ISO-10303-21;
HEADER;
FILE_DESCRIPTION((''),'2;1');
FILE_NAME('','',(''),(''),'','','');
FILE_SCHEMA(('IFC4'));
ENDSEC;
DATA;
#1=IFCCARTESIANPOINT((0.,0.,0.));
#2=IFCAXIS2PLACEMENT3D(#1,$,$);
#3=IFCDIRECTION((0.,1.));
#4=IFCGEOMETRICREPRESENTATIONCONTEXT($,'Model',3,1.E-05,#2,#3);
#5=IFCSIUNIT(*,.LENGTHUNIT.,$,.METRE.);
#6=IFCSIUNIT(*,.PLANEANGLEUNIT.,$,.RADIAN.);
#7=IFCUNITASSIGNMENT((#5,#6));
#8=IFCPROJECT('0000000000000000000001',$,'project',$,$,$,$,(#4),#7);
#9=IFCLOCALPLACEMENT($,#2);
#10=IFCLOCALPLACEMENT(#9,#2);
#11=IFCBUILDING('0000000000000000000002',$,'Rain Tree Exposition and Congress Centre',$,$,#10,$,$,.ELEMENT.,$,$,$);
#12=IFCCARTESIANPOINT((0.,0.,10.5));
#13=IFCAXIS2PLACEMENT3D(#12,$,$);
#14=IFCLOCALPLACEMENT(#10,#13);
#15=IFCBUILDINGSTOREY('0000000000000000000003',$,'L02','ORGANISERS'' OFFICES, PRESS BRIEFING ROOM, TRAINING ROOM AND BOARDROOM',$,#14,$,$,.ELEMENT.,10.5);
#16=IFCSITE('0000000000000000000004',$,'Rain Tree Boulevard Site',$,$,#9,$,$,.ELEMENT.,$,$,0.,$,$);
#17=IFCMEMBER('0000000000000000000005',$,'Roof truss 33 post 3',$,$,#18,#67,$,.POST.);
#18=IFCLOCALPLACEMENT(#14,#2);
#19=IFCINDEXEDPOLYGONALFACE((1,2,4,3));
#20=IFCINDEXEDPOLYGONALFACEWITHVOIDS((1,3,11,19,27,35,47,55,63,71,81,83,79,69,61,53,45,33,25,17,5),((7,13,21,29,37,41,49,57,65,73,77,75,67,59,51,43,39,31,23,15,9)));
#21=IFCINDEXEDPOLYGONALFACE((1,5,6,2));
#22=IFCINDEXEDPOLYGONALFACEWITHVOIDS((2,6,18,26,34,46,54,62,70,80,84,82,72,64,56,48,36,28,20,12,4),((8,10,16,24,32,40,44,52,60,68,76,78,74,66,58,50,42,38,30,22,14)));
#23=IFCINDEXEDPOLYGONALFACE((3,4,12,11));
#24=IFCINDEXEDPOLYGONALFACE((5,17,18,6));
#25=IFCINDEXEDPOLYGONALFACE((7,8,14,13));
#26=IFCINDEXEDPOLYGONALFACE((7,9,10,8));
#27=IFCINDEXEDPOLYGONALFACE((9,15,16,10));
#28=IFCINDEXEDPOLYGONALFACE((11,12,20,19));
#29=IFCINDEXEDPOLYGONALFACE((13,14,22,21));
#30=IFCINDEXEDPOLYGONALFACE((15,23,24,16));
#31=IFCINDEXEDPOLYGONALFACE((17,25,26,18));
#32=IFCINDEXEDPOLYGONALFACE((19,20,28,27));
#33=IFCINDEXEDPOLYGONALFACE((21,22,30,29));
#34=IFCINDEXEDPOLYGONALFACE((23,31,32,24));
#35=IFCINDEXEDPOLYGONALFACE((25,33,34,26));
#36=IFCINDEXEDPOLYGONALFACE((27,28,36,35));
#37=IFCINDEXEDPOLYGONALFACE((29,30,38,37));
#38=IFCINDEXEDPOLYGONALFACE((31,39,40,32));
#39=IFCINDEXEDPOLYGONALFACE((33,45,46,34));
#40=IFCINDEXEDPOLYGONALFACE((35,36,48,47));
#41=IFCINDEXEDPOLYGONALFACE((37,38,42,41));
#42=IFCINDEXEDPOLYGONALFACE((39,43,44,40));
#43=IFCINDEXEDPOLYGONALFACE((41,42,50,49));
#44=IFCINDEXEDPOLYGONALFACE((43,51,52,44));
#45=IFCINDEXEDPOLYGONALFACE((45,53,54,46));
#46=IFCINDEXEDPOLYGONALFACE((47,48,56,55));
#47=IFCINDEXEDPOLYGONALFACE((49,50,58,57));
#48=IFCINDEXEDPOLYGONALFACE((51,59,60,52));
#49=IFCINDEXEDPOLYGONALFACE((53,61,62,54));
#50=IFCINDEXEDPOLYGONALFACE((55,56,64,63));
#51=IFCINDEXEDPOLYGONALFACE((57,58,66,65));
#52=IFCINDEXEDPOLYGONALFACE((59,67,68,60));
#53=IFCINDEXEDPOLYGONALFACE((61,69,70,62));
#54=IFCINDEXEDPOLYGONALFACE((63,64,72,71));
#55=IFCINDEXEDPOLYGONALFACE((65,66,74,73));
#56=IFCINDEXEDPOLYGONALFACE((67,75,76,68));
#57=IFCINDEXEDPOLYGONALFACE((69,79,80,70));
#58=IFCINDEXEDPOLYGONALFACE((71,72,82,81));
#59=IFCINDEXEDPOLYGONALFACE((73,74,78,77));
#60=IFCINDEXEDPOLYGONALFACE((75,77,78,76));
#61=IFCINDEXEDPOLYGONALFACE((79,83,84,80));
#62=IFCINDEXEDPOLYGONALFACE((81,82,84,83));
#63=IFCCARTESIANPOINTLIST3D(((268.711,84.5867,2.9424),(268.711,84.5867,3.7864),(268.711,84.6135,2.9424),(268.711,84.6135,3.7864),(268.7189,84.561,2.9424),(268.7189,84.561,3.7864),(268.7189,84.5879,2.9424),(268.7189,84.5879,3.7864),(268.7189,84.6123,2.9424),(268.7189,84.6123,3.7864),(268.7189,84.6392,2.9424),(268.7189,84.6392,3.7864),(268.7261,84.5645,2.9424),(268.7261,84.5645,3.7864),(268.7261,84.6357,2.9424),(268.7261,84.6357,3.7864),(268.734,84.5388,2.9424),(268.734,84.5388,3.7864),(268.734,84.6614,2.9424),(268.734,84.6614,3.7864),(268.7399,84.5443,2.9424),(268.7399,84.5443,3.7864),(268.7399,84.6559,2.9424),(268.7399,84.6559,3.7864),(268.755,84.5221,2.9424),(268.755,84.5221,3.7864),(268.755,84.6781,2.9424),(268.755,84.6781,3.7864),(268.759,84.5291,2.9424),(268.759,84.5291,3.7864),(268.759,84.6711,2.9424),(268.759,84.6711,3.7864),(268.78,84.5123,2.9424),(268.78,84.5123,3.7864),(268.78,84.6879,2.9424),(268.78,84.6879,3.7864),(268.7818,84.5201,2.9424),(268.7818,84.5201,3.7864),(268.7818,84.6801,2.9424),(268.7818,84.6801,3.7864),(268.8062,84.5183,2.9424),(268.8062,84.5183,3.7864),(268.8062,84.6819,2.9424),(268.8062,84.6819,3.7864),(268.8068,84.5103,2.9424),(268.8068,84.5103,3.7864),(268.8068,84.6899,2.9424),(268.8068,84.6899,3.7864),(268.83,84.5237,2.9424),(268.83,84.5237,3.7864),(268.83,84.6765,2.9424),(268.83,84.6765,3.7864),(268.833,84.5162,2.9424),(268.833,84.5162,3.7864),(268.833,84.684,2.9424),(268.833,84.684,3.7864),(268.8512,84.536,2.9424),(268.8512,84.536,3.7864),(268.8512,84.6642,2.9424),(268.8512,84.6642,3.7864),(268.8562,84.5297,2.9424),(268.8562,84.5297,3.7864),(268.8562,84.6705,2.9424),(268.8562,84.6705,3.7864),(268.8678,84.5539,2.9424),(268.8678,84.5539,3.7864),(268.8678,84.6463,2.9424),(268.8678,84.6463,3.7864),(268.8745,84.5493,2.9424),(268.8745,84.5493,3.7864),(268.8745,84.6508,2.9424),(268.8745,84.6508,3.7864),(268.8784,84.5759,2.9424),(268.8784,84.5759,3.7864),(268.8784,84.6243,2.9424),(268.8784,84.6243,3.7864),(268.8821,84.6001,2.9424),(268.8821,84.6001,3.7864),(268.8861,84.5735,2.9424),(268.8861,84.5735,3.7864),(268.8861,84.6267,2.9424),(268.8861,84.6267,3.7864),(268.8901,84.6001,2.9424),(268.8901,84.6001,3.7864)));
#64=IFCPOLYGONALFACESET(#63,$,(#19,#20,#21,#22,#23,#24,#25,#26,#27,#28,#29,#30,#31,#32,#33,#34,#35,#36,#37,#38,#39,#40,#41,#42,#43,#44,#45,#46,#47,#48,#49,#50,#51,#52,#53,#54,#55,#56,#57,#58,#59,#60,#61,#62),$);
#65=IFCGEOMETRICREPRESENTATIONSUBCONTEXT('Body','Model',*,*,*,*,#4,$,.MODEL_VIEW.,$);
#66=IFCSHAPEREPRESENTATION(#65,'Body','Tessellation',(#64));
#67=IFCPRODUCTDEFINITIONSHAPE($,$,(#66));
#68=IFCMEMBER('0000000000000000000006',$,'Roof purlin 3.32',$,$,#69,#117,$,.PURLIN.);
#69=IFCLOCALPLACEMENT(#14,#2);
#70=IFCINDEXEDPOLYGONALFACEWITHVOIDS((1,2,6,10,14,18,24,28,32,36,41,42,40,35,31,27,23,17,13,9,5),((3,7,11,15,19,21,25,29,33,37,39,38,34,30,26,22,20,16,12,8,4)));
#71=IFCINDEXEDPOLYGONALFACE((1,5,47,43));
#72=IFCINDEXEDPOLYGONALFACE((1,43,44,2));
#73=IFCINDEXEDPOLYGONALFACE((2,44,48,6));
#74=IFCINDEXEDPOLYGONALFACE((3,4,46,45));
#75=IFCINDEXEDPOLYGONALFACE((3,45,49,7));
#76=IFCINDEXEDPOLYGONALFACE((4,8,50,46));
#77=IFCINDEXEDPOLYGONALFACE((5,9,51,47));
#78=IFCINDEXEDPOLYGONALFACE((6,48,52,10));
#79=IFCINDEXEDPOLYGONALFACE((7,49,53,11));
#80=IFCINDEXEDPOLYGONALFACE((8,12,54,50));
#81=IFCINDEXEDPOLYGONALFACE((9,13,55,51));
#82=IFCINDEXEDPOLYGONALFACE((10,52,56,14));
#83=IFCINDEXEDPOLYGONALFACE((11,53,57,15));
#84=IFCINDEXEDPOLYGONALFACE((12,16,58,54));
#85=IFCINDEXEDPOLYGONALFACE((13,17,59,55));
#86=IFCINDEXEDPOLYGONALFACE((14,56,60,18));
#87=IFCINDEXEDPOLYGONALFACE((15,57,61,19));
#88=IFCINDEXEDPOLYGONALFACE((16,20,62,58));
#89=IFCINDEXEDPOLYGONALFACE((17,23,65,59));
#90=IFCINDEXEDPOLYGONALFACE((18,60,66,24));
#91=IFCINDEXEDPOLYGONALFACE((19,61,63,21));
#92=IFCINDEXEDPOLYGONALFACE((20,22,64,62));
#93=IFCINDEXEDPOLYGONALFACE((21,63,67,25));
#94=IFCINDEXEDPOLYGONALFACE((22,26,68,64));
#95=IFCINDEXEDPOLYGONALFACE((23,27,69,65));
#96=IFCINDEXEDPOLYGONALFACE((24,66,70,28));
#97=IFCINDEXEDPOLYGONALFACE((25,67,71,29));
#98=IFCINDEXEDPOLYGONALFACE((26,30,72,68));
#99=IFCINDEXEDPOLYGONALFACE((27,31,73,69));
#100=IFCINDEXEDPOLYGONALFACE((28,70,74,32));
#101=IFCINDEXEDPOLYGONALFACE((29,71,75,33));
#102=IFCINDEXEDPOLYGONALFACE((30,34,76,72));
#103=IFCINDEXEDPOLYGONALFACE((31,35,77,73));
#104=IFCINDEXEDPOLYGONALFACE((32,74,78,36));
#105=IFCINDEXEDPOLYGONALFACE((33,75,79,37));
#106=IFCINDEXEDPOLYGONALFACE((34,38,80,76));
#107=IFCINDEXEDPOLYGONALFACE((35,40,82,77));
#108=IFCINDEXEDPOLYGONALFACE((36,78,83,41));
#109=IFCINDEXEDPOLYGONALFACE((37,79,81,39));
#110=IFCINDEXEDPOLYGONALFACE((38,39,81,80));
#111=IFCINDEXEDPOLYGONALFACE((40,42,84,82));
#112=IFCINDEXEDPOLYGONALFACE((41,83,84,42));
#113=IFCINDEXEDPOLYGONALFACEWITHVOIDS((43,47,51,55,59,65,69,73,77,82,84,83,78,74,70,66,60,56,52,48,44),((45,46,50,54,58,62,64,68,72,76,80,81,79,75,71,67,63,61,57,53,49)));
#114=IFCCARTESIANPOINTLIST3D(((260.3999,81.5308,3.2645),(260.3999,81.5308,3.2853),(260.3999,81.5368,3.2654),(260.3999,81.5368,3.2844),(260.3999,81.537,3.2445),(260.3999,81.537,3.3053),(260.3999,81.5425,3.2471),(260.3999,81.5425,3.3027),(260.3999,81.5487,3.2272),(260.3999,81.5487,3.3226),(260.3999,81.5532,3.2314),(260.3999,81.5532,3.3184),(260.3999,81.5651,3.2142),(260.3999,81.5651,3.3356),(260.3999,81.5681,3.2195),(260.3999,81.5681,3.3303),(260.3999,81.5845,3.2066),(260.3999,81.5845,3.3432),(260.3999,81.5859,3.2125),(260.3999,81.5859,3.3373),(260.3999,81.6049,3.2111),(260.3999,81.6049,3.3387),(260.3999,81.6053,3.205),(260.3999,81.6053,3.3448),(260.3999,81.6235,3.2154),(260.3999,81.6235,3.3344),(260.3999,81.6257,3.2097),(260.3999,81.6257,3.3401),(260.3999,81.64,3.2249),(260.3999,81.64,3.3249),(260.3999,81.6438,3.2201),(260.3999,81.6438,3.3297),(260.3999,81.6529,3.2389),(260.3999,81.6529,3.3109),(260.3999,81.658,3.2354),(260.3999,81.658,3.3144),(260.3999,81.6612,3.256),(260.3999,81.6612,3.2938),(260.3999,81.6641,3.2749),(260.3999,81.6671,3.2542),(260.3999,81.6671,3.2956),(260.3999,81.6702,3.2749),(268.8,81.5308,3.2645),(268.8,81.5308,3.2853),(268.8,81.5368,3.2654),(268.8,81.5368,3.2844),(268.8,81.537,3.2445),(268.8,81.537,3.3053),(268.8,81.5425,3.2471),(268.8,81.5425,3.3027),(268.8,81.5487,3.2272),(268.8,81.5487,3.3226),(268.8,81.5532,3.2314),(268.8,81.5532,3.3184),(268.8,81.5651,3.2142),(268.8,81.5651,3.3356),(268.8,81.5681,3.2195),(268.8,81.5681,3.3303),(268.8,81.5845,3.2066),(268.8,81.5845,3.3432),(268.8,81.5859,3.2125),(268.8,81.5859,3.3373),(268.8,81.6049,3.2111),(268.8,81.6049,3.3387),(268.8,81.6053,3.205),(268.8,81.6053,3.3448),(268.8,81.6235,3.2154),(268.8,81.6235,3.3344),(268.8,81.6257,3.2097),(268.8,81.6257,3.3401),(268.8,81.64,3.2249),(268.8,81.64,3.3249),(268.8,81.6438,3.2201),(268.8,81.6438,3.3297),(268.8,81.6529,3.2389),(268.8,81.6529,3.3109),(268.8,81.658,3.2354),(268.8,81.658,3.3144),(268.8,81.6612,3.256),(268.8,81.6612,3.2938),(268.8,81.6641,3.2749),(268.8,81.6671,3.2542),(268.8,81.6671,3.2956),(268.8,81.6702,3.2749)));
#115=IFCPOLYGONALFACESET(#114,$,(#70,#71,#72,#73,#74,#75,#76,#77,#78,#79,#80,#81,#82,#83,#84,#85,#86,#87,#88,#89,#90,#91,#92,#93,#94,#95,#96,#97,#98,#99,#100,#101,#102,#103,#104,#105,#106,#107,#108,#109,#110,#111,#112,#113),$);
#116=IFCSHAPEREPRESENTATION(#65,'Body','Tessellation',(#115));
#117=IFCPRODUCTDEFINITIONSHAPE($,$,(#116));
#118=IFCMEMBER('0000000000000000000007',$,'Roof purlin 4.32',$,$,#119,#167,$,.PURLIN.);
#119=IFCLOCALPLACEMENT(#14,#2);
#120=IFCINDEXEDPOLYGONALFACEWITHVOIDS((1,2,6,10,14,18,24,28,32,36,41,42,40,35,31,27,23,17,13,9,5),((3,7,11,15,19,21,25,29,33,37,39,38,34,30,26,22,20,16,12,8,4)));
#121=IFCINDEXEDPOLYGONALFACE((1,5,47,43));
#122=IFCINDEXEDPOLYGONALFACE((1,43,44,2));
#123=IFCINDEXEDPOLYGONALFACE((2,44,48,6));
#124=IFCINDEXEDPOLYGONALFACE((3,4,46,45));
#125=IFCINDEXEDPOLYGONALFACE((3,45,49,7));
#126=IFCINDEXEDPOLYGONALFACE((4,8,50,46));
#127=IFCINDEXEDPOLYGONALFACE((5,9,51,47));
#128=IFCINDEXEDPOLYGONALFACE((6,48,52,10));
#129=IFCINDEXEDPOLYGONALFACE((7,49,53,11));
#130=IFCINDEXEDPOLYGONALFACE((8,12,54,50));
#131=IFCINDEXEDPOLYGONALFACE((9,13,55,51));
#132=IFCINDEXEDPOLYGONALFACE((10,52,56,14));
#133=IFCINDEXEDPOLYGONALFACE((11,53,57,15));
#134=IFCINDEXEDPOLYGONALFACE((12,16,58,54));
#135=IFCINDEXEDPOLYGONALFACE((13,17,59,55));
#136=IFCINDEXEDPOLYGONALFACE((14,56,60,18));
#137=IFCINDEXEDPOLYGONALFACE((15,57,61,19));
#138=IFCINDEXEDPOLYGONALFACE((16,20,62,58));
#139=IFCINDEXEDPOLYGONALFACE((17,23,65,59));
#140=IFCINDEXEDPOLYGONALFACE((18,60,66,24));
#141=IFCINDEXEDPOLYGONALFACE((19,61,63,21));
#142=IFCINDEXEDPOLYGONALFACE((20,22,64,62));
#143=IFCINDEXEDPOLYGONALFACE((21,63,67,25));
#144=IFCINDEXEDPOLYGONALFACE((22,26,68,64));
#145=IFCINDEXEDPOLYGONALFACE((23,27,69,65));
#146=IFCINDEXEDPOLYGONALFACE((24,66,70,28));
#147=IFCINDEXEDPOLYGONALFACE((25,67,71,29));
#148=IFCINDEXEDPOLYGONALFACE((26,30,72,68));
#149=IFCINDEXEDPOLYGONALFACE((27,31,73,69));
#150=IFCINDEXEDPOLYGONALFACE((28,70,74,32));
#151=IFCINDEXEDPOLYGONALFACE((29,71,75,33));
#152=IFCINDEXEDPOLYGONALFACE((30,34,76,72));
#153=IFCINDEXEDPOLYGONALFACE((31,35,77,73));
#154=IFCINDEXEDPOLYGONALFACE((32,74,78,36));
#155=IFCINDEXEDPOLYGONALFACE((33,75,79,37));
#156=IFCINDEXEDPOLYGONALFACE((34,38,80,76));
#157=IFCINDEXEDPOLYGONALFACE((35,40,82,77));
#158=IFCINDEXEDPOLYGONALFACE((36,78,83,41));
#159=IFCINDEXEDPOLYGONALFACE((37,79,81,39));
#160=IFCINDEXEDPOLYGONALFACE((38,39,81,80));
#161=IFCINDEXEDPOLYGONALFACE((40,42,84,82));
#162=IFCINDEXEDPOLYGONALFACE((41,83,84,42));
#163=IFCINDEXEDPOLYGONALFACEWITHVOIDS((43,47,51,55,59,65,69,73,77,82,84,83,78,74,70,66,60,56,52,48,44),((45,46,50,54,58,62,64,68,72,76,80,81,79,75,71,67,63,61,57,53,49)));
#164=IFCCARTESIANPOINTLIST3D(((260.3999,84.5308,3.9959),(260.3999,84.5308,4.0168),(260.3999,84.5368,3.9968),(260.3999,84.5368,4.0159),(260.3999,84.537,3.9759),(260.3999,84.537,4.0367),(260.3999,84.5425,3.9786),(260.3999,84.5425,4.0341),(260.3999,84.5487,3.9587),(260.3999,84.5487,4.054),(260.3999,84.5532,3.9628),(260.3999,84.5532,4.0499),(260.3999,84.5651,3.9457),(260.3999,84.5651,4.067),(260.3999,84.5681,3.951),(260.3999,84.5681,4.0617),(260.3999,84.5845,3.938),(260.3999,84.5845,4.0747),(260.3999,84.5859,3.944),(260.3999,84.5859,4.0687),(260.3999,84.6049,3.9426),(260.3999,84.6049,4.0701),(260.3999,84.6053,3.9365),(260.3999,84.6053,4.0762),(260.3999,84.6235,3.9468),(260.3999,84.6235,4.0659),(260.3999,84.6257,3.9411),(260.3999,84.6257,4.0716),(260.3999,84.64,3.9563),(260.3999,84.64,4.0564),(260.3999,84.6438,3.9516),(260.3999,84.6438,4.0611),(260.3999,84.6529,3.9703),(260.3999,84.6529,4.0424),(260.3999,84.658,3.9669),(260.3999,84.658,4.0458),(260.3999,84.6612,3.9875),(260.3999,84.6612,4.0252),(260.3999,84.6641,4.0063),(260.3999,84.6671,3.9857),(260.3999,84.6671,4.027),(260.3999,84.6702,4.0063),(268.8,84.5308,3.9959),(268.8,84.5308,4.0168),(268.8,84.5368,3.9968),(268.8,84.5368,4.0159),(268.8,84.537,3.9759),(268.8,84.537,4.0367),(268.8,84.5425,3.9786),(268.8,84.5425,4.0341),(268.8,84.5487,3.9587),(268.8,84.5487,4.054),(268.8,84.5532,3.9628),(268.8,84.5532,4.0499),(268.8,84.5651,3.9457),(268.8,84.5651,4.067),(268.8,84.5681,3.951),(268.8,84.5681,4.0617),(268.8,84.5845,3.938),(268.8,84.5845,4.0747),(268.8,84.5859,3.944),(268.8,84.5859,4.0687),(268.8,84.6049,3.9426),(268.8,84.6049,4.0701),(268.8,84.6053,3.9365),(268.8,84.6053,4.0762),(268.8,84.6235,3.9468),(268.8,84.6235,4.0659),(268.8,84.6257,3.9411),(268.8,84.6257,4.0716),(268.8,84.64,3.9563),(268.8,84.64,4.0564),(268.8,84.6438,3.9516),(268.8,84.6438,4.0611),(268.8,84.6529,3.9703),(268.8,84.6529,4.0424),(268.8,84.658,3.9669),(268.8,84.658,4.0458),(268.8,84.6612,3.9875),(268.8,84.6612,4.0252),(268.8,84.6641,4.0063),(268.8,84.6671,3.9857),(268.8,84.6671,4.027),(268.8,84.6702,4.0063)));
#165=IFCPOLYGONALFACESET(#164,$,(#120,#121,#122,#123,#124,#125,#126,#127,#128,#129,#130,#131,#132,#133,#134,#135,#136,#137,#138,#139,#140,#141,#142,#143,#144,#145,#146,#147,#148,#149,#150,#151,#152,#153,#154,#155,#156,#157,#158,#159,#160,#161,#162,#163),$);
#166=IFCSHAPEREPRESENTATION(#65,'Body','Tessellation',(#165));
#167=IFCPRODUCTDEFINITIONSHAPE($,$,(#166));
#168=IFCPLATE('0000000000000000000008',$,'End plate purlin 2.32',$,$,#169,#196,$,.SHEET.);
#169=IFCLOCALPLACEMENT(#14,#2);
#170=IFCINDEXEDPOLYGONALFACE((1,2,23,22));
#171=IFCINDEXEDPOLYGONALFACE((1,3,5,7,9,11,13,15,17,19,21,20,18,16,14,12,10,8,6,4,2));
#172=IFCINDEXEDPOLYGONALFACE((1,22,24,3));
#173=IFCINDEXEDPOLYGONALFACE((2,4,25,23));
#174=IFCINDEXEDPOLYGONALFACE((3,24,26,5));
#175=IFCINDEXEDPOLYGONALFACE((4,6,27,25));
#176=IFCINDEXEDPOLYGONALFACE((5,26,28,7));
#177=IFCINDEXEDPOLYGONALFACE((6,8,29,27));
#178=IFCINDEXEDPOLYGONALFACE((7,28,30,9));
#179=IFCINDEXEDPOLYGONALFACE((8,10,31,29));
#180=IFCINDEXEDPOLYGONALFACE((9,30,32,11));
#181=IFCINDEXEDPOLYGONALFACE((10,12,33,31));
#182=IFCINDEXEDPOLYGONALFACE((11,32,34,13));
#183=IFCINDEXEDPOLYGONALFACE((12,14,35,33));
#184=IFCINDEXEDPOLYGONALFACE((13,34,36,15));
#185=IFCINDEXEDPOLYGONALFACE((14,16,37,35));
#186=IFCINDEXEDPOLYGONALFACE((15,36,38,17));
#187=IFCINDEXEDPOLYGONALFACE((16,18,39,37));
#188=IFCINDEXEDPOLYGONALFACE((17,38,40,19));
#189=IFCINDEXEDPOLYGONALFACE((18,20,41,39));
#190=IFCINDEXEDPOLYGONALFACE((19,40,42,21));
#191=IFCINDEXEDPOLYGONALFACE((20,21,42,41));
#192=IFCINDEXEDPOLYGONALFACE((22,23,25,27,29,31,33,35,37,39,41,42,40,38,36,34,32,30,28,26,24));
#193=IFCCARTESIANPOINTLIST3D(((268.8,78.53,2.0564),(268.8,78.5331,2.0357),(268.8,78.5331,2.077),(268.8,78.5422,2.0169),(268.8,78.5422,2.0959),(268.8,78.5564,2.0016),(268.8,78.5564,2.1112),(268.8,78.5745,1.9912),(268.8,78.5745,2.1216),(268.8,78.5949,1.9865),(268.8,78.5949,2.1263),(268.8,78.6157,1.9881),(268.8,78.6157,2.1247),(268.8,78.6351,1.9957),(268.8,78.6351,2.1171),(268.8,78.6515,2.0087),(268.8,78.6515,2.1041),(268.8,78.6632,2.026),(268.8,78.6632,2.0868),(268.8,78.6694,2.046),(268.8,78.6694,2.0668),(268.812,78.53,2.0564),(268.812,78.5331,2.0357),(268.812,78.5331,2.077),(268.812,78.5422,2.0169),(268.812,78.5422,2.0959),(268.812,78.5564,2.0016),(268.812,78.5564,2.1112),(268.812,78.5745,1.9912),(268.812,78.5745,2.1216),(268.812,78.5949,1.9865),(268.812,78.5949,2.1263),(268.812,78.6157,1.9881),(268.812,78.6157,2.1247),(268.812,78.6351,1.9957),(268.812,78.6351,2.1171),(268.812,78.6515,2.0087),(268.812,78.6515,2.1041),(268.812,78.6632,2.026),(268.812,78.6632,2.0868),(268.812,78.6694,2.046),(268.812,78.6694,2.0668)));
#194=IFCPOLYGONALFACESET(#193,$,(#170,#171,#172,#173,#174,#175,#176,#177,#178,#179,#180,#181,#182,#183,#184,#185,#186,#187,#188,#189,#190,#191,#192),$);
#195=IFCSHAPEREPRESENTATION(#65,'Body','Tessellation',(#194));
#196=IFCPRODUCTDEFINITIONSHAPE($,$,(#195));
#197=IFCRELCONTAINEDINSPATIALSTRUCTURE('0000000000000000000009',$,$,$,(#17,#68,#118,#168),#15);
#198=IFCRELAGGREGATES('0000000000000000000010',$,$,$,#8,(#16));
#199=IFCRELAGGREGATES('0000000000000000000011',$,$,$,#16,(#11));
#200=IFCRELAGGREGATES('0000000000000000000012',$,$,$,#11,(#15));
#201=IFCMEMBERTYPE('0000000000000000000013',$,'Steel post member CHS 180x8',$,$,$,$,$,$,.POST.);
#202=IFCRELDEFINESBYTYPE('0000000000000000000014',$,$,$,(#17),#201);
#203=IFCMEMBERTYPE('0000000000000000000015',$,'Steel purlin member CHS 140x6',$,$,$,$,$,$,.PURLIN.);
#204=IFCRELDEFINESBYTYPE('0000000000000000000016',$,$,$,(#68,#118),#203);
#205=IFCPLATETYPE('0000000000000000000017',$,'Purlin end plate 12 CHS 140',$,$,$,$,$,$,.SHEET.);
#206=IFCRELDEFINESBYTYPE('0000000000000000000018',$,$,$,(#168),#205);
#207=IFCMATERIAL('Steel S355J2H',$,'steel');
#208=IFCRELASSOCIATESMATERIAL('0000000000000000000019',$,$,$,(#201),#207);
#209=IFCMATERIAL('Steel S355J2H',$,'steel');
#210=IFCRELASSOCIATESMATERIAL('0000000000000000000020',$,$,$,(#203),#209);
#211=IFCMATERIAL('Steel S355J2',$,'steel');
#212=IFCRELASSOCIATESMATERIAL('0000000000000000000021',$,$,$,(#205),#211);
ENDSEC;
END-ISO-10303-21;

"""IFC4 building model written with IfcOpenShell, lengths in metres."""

from ifc_helpers import new_model, si_unit, direction, frame, origin, origin_2d, place, context, subcontext, project, spatial, circle, hollow_circle, extrude, material, material_profile, profile_set, type_object, element, save


model = new_model("IFC4")

# Units and contexts
model_context = context("Model", 3, precision=1e-05, world=origin(), true_north=direction((0.0, 1.0)))
body_context = subcontext(model_context, "Body", "Model", "MODEL_VIEW")
ifc_project = project(units=[si_unit("LENGTHUNIT", "METRE"), si_unit("PLANEANGLEUNIT", "RADIAN")], contexts=[model_context])

# Site, building, storey
site_placement = place(None, origin())
site = spatial("IfcSite", under=ifc_project, at=site_placement, Name="Rain Tree Boulevard Site", CompositionType="ELEMENT", RefElevation=0.0)
building_placement = place(site_placement, origin())
building = spatial("IfcBuilding", under=site, at=building_placement, Name="Rain Tree Exposition and Congress Centre", CompositionType="ELEMENT")
storey_placement = place(building_placement, frame((0.0, 0.0, 10.5)))
storey = spatial("IfcBuildingStorey", under=building, at=storey_placement, Name="L02", Description="ORGANISERS' OFFICES, PRESS BRIEFING ROOM, TRAINING ROOM AND BOARDROOM", CompositionType="ELEMENT", Elevation=10.5)

# Members
ifc_material_1 = material(Name="Steel S355J2H", Category="steel")
ifc_material_profile_1 = material_profile(ifc_material_1, hollow_circle(Radius=0.0901, WallThickness=0.0081, at=origin_2d()), Name="CHS 180x8")
ifc_profile_set_1 = profile_set([ifc_material_profile_1], Name="Steel S355J2H")
member_type_1 = type_object("IfcMemberType", Name="Steel post member CHS 180x8", PredefinedType="POST", material=ifc_profile_set_1)
member_1_placement = place(storey_placement, frame((268.8, 84.6001, 2.9424), z_axis=(0.0, 0.0, 1.0), x_axis=(1.0, 0.0, 0.0)))
element("IfcMember", 1, at=member_1_placement, inside=storey, type_object=member_type_1, Name="Roof truss 33 post 3", PredefinedType="POST", context=body_context, shape_type="SweptSolid", body=[
    extrude(hollow_circle(Radius=0.0901, WallThickness=0.0081, at=origin_2d()), origin(), (0.0, 0.0, 1.0), 0.844),
])
ifc_material_2 = material(Name="Steel S355J2H", Category="steel")
ifc_material_profile_2 = material_profile(ifc_material_2, hollow_circle(Radius=0.0701, WallThickness=0.0061, at=origin_2d()), Name="CHS 140x6")
ifc_profile_set_2 = profile_set([ifc_material_profile_2], Name="Steel S355J2H")
member_type_2 = type_object("IfcMemberType", Name="Steel purlin member CHS 140x6", PredefinedType="PURLIN", material=ifc_profile_set_2)
for number, where, z_axis, x_axis, name in (
    (2, (260.3999, 81.6001, 3.2749), (1.0, 0.0, 0.0), (0.0, 1.0, 0.0), "Roof purlin 3.32"),
    (3, (260.3999, 84.6001, 4.0063), (1.0, 0.0, 0.0), (0.0, 1.0, 0.0), "Roof purlin 4.32"),
):
    element("IfcMember", number, at=place(storey_placement, frame(where, z_axis=z_axis, x_axis=x_axis)), inside=storey, type_object=member_type_2, Name=name, PredefinedType="PURLIN", context=body_context, shape_type="SweptSolid", body=[
        extrude(hollow_circle(Radius=0.0701, WallThickness=0.0061, at=origin_2d()), origin(), (0.0, 0.0, 1.0), 8.4001),
    ])

# Plate
ifc_material_3 = material(Name="Steel S355J2", Category="steel")
ifc_material_profile_3 = material_profile(ifc_material_3, circle(Radius=0.0701, at=origin_2d()), Name="CIRCLE 140")
ifc_profile_set_3 = profile_set([ifc_material_profile_3], Name="Steel S355J2")
plate_type = type_object("IfcPlateType", Name="Purlin end plate 12 CHS 140", PredefinedType="SHEET", material=ifc_profile_set_3)
for number, where, z_axis, x_axis, name in (
    (4, (268.812, 78.6001, 2.0564), (-1.0, 0.0, 0.0), (0.0, -1.0, 0.0), "End plate purlin 2.32"),
):
    element("IfcPlate", number, at=place(storey_placement, frame(where, z_axis=z_axis, x_axis=x_axis)), inside=storey, type_object=plate_type, Name=name, PredefinedType="SHEET", context=body_context, shape_type="SweptSolid", body=[
        extrude(circle(Radius=0.0701, at=origin_2d()), origin(), (0.0, 0.0, 1.0), 0.012),
    ])

save(model, "model.ifc")
